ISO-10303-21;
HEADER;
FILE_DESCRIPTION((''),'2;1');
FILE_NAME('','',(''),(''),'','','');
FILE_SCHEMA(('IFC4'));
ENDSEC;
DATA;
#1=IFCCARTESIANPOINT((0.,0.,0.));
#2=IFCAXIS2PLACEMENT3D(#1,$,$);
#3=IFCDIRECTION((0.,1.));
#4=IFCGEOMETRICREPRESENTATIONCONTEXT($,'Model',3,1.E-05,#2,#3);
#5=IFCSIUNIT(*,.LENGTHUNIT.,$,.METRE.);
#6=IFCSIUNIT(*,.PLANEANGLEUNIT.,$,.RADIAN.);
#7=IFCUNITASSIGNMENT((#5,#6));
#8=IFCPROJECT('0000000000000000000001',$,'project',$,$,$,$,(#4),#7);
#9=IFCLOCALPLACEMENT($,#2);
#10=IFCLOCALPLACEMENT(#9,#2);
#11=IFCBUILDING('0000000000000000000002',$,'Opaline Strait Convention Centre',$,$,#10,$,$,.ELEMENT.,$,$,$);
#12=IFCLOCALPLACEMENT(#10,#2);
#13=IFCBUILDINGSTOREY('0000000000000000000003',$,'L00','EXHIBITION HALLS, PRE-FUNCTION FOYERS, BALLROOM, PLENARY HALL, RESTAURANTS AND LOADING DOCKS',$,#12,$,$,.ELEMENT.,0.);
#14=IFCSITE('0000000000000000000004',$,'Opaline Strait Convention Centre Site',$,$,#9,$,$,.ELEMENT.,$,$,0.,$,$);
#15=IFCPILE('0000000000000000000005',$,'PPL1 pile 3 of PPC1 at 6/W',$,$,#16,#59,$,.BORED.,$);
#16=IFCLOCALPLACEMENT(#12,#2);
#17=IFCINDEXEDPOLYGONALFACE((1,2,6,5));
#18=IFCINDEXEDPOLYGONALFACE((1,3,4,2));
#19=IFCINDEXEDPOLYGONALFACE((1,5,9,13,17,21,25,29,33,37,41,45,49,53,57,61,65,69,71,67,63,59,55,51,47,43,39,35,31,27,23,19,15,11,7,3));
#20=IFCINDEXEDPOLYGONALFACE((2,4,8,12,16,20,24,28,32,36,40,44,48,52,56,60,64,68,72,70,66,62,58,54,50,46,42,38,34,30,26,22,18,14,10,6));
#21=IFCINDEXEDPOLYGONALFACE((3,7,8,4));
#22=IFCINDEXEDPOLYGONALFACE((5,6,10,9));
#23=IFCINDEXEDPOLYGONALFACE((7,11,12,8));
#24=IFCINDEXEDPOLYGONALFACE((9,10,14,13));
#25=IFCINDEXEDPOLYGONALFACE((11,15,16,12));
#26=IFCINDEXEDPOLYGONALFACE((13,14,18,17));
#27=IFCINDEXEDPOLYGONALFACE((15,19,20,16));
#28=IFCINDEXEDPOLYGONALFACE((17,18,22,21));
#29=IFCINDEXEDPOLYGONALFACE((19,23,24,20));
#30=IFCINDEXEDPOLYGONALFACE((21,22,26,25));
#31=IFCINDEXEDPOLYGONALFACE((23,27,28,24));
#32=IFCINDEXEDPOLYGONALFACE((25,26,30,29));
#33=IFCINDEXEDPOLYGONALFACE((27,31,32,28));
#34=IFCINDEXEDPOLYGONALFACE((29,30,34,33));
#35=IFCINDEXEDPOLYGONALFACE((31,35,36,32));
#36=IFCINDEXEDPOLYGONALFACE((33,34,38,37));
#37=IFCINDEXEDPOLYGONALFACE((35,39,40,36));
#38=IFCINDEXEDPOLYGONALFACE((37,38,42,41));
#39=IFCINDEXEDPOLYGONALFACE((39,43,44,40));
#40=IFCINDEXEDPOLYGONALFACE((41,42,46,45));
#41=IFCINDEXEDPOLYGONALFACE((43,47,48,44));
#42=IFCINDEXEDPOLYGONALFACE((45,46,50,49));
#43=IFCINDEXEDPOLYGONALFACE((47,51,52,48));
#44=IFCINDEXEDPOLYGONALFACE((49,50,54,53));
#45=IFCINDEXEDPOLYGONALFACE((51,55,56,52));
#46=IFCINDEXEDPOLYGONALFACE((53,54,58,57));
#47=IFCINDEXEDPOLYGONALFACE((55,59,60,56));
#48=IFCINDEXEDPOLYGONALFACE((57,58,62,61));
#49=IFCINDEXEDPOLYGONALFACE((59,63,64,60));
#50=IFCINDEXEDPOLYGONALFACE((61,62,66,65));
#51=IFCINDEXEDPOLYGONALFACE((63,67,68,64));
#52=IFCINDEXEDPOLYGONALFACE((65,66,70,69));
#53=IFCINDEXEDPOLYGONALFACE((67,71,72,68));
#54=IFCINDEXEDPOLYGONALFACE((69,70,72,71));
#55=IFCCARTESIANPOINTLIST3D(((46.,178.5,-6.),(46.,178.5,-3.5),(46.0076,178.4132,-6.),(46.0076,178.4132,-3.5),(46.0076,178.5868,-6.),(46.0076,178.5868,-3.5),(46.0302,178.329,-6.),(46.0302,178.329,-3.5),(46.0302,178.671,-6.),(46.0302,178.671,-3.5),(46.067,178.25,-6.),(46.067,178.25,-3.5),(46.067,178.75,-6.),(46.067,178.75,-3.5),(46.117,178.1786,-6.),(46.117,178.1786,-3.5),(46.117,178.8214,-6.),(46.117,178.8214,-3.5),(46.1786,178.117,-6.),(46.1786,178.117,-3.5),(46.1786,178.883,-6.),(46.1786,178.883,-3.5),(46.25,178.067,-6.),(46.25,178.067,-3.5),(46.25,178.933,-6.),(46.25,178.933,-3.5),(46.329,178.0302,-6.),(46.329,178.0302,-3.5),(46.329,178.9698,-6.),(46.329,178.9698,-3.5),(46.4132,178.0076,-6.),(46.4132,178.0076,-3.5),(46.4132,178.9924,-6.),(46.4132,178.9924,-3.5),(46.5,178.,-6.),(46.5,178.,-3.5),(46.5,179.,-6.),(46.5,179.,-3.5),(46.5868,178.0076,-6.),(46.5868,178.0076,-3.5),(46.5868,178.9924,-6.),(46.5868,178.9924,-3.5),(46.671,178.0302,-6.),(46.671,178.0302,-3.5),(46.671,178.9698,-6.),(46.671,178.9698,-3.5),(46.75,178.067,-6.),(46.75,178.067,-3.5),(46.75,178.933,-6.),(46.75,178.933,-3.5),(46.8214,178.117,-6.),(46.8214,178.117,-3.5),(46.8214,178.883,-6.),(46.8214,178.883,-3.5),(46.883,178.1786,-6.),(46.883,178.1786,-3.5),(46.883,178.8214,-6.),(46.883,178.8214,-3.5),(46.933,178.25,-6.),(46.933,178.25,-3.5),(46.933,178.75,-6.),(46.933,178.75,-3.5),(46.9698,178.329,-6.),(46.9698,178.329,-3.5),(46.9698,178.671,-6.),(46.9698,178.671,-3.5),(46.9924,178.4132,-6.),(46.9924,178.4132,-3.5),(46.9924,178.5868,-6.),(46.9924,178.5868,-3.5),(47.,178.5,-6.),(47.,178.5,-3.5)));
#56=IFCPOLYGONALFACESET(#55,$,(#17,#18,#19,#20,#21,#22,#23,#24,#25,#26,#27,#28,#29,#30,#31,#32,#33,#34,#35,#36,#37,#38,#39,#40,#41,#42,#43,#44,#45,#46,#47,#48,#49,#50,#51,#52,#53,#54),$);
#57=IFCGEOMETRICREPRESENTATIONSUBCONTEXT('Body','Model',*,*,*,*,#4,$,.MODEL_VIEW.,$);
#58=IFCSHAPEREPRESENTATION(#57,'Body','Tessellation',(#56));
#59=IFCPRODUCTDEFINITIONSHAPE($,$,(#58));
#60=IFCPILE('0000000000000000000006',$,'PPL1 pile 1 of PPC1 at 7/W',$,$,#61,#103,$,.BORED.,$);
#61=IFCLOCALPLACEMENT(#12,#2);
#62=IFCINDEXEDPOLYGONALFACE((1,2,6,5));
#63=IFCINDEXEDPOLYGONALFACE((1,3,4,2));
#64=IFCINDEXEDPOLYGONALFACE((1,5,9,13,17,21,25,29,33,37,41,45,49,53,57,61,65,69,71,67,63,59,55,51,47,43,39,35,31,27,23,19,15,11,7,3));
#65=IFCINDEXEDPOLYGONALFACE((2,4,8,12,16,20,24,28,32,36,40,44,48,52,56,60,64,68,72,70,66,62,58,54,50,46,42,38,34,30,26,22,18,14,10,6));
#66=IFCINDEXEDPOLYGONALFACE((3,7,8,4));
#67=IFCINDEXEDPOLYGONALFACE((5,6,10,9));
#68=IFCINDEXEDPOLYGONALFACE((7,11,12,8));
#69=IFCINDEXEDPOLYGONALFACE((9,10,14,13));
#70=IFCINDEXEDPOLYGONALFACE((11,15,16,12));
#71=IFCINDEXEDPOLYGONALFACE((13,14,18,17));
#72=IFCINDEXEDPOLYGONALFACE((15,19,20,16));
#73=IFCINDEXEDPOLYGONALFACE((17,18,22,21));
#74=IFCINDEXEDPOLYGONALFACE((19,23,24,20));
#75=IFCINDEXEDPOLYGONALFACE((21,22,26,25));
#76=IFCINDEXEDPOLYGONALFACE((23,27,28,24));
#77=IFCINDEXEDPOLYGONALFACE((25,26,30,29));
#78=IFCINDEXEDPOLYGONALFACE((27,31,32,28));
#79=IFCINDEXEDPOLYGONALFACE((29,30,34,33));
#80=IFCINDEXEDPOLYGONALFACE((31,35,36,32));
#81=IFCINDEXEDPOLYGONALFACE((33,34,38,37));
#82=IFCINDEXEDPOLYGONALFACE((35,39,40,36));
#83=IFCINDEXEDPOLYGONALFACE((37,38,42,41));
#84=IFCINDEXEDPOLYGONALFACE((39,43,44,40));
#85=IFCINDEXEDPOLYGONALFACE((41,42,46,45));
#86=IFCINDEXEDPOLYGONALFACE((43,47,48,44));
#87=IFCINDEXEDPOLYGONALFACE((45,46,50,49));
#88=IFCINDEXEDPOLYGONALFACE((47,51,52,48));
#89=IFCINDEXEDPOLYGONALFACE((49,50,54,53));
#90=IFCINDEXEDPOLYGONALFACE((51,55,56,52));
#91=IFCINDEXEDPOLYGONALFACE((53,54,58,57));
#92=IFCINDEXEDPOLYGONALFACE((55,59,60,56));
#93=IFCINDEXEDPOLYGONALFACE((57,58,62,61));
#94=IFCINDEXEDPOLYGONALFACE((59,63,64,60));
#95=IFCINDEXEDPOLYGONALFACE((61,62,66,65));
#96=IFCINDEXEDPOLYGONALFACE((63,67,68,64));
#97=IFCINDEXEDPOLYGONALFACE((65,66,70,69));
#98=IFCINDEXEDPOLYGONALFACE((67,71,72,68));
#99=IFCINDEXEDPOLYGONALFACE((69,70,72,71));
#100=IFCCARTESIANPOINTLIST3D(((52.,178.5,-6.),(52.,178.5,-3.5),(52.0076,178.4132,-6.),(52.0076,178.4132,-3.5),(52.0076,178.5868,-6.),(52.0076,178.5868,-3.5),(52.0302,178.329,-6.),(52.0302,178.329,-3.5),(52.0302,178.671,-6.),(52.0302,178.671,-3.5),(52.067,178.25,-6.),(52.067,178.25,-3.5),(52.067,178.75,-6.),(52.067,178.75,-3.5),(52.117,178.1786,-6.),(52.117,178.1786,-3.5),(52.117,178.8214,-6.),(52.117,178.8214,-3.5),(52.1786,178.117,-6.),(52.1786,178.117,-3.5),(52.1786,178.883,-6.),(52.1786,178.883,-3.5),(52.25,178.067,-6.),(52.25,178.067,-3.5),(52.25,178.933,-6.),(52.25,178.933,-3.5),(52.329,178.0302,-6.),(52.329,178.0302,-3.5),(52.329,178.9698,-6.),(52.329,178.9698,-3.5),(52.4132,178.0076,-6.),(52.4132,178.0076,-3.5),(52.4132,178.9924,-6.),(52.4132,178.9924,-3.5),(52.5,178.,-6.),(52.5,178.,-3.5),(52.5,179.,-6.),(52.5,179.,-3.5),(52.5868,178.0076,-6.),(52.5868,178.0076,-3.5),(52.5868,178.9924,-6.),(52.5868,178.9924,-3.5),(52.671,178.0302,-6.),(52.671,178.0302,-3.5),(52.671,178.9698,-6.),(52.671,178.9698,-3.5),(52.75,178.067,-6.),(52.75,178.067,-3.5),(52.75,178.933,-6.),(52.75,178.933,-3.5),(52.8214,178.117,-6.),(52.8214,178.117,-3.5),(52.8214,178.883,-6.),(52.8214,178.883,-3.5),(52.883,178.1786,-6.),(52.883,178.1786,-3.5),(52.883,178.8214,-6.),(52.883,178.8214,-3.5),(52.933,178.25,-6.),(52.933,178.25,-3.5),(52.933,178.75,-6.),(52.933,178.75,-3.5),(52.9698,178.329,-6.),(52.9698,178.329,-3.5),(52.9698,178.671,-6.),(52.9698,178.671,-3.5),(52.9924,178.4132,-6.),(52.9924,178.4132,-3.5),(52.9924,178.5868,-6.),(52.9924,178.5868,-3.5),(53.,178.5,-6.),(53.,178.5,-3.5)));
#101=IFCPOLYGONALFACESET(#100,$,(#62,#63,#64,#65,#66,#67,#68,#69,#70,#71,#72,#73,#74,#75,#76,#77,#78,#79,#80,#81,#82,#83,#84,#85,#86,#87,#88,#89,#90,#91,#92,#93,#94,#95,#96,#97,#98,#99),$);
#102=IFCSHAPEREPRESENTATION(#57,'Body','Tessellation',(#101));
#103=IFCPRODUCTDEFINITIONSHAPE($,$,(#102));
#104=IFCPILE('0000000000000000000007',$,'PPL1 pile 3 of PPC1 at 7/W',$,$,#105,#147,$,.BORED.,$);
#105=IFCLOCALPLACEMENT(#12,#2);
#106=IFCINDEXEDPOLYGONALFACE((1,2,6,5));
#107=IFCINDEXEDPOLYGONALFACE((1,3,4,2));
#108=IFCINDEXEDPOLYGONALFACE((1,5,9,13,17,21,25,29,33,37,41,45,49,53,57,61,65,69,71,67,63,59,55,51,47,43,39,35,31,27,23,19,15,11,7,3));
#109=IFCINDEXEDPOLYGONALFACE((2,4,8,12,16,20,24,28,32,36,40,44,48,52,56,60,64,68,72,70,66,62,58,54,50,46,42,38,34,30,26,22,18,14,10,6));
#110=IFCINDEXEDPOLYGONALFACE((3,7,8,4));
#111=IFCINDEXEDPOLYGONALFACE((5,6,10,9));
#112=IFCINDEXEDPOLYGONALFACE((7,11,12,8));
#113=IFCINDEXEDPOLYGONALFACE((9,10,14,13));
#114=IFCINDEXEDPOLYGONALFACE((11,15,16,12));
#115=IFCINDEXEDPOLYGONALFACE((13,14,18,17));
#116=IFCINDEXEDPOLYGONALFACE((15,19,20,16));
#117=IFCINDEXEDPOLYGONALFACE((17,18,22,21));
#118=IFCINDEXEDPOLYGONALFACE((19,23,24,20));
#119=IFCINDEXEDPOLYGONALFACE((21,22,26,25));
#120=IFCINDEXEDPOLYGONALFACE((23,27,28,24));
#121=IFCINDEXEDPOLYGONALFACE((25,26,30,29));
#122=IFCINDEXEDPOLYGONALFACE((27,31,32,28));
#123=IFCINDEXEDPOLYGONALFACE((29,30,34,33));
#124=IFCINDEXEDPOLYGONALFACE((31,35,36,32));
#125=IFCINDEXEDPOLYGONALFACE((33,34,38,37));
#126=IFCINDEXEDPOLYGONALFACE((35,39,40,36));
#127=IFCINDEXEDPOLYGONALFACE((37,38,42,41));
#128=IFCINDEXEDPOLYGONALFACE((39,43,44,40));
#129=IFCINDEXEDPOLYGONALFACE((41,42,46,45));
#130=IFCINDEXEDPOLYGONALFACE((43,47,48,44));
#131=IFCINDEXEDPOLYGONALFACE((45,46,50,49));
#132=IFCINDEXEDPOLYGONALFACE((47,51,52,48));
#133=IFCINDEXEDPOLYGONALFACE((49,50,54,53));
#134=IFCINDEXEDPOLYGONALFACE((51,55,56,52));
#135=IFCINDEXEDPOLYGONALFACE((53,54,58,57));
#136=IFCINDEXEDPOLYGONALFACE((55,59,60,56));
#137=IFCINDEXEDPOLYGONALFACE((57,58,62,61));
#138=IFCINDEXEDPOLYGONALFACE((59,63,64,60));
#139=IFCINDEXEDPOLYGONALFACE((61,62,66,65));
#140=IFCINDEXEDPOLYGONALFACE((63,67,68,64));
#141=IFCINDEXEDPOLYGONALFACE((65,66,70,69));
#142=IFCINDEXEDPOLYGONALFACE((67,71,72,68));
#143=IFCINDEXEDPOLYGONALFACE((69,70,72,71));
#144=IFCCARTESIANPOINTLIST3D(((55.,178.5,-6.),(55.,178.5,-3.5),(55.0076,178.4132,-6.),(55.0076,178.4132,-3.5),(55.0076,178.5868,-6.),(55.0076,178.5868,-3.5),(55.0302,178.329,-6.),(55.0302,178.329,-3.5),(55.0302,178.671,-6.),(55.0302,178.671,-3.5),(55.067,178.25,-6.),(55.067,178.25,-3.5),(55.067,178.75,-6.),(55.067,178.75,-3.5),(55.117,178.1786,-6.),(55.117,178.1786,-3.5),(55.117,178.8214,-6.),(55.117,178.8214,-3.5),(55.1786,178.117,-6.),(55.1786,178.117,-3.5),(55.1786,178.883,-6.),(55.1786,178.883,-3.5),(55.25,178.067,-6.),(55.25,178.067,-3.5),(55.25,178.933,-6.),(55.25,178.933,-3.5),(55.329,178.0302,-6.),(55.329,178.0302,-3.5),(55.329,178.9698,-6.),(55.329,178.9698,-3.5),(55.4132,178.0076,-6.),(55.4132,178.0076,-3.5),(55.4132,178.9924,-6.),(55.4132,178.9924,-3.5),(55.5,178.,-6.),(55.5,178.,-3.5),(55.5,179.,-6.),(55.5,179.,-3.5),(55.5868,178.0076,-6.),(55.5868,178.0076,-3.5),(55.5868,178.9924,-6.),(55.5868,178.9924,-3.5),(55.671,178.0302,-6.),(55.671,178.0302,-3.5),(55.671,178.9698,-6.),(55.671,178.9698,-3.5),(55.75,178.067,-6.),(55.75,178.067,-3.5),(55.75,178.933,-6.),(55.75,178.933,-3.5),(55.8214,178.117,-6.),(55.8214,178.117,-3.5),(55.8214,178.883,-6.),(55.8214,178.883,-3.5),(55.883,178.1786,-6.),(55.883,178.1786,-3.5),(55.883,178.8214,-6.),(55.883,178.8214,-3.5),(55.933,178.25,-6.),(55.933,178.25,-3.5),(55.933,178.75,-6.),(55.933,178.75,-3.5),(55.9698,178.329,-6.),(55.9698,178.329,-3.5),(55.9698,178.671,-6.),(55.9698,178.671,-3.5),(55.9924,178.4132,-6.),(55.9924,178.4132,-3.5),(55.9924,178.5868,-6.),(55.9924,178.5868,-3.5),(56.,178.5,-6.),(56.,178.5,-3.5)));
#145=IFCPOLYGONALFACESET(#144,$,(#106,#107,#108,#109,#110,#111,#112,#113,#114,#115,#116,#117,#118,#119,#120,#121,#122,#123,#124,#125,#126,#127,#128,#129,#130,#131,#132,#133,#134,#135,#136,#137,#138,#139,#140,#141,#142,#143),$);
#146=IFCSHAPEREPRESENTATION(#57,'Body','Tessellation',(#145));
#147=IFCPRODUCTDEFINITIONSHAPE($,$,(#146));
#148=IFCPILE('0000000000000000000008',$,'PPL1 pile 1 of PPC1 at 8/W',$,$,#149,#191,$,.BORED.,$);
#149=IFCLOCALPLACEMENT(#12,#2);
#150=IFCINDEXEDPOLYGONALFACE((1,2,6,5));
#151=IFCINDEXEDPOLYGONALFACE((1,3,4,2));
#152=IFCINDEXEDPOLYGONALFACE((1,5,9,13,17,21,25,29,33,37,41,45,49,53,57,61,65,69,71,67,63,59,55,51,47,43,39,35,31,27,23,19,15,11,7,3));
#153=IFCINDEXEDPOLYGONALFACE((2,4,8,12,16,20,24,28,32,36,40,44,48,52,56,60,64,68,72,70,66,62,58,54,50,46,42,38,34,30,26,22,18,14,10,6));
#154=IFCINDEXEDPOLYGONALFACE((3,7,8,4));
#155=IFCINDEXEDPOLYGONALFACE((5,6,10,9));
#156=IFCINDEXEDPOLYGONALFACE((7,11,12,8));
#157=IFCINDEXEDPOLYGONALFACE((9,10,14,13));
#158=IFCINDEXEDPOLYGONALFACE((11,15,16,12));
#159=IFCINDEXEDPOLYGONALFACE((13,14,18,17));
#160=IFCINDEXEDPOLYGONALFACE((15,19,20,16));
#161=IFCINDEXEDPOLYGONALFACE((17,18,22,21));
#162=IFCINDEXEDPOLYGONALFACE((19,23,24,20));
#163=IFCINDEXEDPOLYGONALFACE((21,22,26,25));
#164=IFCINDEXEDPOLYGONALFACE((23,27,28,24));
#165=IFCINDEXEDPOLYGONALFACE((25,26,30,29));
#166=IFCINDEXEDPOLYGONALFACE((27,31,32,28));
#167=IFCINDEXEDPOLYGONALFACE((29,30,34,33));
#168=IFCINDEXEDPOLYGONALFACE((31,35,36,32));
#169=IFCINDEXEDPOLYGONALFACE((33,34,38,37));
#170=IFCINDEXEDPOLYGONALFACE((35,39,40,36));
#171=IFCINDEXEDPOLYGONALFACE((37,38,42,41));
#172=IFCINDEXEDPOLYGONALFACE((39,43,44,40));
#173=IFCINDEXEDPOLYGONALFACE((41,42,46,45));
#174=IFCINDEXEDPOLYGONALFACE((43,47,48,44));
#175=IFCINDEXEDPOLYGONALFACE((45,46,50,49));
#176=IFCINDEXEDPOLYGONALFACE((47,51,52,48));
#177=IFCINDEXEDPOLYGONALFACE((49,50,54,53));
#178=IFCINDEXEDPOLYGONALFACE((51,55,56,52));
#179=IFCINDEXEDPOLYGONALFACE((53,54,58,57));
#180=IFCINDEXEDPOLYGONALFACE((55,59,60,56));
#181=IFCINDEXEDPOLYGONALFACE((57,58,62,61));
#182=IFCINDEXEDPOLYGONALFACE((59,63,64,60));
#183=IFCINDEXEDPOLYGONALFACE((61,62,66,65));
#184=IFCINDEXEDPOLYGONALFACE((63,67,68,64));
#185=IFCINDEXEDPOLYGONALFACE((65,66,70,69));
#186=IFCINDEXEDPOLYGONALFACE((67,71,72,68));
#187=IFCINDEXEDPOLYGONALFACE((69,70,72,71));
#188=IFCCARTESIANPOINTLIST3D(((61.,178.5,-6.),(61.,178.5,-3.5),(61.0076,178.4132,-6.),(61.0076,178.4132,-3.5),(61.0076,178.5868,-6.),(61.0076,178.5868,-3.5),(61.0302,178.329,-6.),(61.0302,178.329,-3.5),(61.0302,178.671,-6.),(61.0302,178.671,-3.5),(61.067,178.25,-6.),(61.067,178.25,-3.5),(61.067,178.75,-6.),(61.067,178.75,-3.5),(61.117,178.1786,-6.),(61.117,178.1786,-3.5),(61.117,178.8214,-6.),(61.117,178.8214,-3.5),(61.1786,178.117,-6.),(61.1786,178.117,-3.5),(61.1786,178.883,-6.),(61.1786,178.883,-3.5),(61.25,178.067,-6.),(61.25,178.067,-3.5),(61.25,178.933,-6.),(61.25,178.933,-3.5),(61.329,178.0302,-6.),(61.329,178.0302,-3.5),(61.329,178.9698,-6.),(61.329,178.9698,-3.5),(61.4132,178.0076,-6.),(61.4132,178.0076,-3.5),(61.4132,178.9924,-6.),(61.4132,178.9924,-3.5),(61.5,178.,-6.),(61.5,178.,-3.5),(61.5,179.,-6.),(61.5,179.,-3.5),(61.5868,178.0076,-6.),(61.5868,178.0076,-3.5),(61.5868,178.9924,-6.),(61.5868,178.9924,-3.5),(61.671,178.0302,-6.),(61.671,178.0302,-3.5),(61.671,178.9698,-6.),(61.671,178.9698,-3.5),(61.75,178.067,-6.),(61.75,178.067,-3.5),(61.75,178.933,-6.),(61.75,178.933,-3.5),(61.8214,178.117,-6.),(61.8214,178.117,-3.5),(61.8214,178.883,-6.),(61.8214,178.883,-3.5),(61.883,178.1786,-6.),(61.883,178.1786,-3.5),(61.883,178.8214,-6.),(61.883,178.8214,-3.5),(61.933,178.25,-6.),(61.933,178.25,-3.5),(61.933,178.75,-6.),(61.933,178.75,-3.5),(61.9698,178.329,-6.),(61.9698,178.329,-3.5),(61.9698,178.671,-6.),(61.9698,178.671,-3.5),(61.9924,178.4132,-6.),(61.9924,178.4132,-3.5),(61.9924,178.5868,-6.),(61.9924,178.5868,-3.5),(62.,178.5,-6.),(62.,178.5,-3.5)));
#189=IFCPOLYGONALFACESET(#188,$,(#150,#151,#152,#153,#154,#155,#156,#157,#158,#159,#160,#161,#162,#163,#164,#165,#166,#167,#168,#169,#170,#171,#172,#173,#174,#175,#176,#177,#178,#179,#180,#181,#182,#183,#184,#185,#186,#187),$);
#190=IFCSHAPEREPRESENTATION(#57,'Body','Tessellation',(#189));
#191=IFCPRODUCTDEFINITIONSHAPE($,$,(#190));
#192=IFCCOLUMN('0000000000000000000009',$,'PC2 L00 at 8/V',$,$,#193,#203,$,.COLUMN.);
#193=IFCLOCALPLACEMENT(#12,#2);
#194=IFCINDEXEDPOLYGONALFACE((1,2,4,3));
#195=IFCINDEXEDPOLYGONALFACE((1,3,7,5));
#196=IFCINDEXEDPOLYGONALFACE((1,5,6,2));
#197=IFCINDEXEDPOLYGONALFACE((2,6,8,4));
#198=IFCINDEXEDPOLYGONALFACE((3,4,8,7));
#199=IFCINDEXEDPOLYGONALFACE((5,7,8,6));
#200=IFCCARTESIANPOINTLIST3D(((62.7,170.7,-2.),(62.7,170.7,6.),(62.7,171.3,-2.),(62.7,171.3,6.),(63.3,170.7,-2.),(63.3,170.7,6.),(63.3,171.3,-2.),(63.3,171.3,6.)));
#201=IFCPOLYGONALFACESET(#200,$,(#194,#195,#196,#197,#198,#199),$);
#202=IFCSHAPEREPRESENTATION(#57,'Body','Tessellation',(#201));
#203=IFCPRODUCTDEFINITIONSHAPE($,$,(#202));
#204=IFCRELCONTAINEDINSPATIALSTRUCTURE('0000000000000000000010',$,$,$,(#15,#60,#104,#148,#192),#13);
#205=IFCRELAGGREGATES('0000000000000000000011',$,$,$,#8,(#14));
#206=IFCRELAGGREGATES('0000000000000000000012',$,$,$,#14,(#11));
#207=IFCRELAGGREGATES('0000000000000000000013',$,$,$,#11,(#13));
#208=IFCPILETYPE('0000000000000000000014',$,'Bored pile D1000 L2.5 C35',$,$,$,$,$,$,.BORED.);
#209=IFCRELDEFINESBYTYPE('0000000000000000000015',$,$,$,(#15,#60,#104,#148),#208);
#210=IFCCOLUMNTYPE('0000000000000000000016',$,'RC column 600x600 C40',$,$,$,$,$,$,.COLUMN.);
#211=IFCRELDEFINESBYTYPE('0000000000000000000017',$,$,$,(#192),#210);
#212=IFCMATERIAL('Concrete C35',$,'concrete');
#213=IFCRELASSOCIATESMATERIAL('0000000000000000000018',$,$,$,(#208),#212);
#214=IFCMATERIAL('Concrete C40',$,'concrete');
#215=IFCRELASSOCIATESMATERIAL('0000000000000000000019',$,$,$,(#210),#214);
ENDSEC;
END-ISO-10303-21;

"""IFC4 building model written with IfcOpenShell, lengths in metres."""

from ifc_helpers import new_model, si_unit, direction, frame, origin, origin_2d, place, context, subcontext, project, spatial, rectangle, circle, extrude, material, material_profile, profile_set, type_object, element, save


model = new_model("IFC4")

# Units and contexts
model_context = context("Model", 3, precision=1e-05, world=origin(), true_north=direction((0.0, 1.0)))
body_context = subcontext(model_context, "Body", "Model", "MODEL_VIEW")
ifc_project = project(units=[si_unit("LENGTHUNIT", "METRE"), si_unit("PLANEANGLEUNIT", "RADIAN")], contexts=[model_context])

# Site, building, storey
site_placement = place(None, origin())
site = spatial("IfcSite", under=ifc_project, at=site_placement, Name="Opaline Strait Convention Centre Site", CompositionType="ELEMENT", RefElevation=0.0)
building_placement = place(site_placement, origin())
building = spatial("IfcBuilding", under=site, at=building_placement, Name="Opaline Strait Convention Centre", CompositionType="ELEMENT")
storey_placement = place(building_placement, origin())
storey = spatial("IfcBuildingStorey", under=building, at=storey_placement, Name="L00", Description="EXHIBITION HALLS, PRE-FUNCTION FOYERS, BALLROOM, PLENARY HALL, RESTAURANTS AND LOADING DOCKS", CompositionType="ELEMENT", Elevation=0.0)

# Piles
ifc_material_1 = material(Name="Concrete C35", Category="concrete")
ifc_material_profile_1 = material_profile(ifc_material_1, circle(Radius=0.5, at=origin_2d()), Name="D1000")
ifc_profile_set_1 = profile_set([ifc_material_profile_1], Name="Concrete C35")
pile_type = type_object("IfcPileType", Name="Bored pile D1000 L2.5 C35", PredefinedType="BORED", material=ifc_profile_set_1)
for number, where, z_axis, x_axis, name in (
    (1, (46.5, 178.5, -3.5), (0.0, 0.0, -1.0), (1.0, 0.0, 0.0), "PPL1 pile 3 of PPC1 at 6/W"),
    (2, (52.5, 178.5, -3.5), (0.0, 0.0, -1.0), (1.0, 0.0, 0.0), "PPL1 pile 1 of PPC1 at 7/W"),
    (3, (55.5, 178.5, -3.5), (0.0, 0.0, -1.0), (1.0, 0.0, 0.0), "PPL1 pile 3 of PPC1 at 7/W"),
    (4, (61.5, 178.5, -3.5), (0.0, 0.0, -1.0), (1.0, 0.0, 0.0), "PPL1 pile 1 of PPC1 at 8/W"),
):
    element("IfcPile", number, at=place(storey_placement, frame(where, z_axis=z_axis, x_axis=x_axis)), inside=storey, type_object=pile_type, Name=name, PredefinedType="BORED", context=body_context, shape_type="SweptSolid", body=[
        extrude(circle(Radius=0.5, at=origin_2d()), origin(), (0.0, 0.0, 1.0), 2.5),
    ])

# Column
ifc_material_2 = material(Name="Concrete C40", Category="concrete")
ifc_material_profile_2 = material_profile(ifc_material_2, rectangle(XDim=0.6001, YDim=0.6001, at=origin_2d()), Name="RC 600x600")
ifc_profile_set_2 = profile_set([ifc_material_profile_2], Name="Concrete C40")
column_type = type_object("IfcColumnType", Name="RC column 600x600 C40", PredefinedType="COLUMN", material=ifc_profile_set_2)
column_placement = place(storey_placement, frame((63.0, 171.0, -2.0), z_axis=(0.0, 0.0, 1.0), x_axis=(1.0, 0.0, 0.0)))
element("IfcColumn", 5, at=column_placement, inside=storey, type_object=column_type, Name="PC2 L00 at 8/V", PredefinedType="COLUMN", context=body_context, shape_type="SweptSolid", body=[
    extrude(rectangle(XDim=0.6001, YDim=0.6001, at=origin_2d()), origin(), (0.0, 0.0, 1.0), 8.0),
])

save(model, "model.ifc")
